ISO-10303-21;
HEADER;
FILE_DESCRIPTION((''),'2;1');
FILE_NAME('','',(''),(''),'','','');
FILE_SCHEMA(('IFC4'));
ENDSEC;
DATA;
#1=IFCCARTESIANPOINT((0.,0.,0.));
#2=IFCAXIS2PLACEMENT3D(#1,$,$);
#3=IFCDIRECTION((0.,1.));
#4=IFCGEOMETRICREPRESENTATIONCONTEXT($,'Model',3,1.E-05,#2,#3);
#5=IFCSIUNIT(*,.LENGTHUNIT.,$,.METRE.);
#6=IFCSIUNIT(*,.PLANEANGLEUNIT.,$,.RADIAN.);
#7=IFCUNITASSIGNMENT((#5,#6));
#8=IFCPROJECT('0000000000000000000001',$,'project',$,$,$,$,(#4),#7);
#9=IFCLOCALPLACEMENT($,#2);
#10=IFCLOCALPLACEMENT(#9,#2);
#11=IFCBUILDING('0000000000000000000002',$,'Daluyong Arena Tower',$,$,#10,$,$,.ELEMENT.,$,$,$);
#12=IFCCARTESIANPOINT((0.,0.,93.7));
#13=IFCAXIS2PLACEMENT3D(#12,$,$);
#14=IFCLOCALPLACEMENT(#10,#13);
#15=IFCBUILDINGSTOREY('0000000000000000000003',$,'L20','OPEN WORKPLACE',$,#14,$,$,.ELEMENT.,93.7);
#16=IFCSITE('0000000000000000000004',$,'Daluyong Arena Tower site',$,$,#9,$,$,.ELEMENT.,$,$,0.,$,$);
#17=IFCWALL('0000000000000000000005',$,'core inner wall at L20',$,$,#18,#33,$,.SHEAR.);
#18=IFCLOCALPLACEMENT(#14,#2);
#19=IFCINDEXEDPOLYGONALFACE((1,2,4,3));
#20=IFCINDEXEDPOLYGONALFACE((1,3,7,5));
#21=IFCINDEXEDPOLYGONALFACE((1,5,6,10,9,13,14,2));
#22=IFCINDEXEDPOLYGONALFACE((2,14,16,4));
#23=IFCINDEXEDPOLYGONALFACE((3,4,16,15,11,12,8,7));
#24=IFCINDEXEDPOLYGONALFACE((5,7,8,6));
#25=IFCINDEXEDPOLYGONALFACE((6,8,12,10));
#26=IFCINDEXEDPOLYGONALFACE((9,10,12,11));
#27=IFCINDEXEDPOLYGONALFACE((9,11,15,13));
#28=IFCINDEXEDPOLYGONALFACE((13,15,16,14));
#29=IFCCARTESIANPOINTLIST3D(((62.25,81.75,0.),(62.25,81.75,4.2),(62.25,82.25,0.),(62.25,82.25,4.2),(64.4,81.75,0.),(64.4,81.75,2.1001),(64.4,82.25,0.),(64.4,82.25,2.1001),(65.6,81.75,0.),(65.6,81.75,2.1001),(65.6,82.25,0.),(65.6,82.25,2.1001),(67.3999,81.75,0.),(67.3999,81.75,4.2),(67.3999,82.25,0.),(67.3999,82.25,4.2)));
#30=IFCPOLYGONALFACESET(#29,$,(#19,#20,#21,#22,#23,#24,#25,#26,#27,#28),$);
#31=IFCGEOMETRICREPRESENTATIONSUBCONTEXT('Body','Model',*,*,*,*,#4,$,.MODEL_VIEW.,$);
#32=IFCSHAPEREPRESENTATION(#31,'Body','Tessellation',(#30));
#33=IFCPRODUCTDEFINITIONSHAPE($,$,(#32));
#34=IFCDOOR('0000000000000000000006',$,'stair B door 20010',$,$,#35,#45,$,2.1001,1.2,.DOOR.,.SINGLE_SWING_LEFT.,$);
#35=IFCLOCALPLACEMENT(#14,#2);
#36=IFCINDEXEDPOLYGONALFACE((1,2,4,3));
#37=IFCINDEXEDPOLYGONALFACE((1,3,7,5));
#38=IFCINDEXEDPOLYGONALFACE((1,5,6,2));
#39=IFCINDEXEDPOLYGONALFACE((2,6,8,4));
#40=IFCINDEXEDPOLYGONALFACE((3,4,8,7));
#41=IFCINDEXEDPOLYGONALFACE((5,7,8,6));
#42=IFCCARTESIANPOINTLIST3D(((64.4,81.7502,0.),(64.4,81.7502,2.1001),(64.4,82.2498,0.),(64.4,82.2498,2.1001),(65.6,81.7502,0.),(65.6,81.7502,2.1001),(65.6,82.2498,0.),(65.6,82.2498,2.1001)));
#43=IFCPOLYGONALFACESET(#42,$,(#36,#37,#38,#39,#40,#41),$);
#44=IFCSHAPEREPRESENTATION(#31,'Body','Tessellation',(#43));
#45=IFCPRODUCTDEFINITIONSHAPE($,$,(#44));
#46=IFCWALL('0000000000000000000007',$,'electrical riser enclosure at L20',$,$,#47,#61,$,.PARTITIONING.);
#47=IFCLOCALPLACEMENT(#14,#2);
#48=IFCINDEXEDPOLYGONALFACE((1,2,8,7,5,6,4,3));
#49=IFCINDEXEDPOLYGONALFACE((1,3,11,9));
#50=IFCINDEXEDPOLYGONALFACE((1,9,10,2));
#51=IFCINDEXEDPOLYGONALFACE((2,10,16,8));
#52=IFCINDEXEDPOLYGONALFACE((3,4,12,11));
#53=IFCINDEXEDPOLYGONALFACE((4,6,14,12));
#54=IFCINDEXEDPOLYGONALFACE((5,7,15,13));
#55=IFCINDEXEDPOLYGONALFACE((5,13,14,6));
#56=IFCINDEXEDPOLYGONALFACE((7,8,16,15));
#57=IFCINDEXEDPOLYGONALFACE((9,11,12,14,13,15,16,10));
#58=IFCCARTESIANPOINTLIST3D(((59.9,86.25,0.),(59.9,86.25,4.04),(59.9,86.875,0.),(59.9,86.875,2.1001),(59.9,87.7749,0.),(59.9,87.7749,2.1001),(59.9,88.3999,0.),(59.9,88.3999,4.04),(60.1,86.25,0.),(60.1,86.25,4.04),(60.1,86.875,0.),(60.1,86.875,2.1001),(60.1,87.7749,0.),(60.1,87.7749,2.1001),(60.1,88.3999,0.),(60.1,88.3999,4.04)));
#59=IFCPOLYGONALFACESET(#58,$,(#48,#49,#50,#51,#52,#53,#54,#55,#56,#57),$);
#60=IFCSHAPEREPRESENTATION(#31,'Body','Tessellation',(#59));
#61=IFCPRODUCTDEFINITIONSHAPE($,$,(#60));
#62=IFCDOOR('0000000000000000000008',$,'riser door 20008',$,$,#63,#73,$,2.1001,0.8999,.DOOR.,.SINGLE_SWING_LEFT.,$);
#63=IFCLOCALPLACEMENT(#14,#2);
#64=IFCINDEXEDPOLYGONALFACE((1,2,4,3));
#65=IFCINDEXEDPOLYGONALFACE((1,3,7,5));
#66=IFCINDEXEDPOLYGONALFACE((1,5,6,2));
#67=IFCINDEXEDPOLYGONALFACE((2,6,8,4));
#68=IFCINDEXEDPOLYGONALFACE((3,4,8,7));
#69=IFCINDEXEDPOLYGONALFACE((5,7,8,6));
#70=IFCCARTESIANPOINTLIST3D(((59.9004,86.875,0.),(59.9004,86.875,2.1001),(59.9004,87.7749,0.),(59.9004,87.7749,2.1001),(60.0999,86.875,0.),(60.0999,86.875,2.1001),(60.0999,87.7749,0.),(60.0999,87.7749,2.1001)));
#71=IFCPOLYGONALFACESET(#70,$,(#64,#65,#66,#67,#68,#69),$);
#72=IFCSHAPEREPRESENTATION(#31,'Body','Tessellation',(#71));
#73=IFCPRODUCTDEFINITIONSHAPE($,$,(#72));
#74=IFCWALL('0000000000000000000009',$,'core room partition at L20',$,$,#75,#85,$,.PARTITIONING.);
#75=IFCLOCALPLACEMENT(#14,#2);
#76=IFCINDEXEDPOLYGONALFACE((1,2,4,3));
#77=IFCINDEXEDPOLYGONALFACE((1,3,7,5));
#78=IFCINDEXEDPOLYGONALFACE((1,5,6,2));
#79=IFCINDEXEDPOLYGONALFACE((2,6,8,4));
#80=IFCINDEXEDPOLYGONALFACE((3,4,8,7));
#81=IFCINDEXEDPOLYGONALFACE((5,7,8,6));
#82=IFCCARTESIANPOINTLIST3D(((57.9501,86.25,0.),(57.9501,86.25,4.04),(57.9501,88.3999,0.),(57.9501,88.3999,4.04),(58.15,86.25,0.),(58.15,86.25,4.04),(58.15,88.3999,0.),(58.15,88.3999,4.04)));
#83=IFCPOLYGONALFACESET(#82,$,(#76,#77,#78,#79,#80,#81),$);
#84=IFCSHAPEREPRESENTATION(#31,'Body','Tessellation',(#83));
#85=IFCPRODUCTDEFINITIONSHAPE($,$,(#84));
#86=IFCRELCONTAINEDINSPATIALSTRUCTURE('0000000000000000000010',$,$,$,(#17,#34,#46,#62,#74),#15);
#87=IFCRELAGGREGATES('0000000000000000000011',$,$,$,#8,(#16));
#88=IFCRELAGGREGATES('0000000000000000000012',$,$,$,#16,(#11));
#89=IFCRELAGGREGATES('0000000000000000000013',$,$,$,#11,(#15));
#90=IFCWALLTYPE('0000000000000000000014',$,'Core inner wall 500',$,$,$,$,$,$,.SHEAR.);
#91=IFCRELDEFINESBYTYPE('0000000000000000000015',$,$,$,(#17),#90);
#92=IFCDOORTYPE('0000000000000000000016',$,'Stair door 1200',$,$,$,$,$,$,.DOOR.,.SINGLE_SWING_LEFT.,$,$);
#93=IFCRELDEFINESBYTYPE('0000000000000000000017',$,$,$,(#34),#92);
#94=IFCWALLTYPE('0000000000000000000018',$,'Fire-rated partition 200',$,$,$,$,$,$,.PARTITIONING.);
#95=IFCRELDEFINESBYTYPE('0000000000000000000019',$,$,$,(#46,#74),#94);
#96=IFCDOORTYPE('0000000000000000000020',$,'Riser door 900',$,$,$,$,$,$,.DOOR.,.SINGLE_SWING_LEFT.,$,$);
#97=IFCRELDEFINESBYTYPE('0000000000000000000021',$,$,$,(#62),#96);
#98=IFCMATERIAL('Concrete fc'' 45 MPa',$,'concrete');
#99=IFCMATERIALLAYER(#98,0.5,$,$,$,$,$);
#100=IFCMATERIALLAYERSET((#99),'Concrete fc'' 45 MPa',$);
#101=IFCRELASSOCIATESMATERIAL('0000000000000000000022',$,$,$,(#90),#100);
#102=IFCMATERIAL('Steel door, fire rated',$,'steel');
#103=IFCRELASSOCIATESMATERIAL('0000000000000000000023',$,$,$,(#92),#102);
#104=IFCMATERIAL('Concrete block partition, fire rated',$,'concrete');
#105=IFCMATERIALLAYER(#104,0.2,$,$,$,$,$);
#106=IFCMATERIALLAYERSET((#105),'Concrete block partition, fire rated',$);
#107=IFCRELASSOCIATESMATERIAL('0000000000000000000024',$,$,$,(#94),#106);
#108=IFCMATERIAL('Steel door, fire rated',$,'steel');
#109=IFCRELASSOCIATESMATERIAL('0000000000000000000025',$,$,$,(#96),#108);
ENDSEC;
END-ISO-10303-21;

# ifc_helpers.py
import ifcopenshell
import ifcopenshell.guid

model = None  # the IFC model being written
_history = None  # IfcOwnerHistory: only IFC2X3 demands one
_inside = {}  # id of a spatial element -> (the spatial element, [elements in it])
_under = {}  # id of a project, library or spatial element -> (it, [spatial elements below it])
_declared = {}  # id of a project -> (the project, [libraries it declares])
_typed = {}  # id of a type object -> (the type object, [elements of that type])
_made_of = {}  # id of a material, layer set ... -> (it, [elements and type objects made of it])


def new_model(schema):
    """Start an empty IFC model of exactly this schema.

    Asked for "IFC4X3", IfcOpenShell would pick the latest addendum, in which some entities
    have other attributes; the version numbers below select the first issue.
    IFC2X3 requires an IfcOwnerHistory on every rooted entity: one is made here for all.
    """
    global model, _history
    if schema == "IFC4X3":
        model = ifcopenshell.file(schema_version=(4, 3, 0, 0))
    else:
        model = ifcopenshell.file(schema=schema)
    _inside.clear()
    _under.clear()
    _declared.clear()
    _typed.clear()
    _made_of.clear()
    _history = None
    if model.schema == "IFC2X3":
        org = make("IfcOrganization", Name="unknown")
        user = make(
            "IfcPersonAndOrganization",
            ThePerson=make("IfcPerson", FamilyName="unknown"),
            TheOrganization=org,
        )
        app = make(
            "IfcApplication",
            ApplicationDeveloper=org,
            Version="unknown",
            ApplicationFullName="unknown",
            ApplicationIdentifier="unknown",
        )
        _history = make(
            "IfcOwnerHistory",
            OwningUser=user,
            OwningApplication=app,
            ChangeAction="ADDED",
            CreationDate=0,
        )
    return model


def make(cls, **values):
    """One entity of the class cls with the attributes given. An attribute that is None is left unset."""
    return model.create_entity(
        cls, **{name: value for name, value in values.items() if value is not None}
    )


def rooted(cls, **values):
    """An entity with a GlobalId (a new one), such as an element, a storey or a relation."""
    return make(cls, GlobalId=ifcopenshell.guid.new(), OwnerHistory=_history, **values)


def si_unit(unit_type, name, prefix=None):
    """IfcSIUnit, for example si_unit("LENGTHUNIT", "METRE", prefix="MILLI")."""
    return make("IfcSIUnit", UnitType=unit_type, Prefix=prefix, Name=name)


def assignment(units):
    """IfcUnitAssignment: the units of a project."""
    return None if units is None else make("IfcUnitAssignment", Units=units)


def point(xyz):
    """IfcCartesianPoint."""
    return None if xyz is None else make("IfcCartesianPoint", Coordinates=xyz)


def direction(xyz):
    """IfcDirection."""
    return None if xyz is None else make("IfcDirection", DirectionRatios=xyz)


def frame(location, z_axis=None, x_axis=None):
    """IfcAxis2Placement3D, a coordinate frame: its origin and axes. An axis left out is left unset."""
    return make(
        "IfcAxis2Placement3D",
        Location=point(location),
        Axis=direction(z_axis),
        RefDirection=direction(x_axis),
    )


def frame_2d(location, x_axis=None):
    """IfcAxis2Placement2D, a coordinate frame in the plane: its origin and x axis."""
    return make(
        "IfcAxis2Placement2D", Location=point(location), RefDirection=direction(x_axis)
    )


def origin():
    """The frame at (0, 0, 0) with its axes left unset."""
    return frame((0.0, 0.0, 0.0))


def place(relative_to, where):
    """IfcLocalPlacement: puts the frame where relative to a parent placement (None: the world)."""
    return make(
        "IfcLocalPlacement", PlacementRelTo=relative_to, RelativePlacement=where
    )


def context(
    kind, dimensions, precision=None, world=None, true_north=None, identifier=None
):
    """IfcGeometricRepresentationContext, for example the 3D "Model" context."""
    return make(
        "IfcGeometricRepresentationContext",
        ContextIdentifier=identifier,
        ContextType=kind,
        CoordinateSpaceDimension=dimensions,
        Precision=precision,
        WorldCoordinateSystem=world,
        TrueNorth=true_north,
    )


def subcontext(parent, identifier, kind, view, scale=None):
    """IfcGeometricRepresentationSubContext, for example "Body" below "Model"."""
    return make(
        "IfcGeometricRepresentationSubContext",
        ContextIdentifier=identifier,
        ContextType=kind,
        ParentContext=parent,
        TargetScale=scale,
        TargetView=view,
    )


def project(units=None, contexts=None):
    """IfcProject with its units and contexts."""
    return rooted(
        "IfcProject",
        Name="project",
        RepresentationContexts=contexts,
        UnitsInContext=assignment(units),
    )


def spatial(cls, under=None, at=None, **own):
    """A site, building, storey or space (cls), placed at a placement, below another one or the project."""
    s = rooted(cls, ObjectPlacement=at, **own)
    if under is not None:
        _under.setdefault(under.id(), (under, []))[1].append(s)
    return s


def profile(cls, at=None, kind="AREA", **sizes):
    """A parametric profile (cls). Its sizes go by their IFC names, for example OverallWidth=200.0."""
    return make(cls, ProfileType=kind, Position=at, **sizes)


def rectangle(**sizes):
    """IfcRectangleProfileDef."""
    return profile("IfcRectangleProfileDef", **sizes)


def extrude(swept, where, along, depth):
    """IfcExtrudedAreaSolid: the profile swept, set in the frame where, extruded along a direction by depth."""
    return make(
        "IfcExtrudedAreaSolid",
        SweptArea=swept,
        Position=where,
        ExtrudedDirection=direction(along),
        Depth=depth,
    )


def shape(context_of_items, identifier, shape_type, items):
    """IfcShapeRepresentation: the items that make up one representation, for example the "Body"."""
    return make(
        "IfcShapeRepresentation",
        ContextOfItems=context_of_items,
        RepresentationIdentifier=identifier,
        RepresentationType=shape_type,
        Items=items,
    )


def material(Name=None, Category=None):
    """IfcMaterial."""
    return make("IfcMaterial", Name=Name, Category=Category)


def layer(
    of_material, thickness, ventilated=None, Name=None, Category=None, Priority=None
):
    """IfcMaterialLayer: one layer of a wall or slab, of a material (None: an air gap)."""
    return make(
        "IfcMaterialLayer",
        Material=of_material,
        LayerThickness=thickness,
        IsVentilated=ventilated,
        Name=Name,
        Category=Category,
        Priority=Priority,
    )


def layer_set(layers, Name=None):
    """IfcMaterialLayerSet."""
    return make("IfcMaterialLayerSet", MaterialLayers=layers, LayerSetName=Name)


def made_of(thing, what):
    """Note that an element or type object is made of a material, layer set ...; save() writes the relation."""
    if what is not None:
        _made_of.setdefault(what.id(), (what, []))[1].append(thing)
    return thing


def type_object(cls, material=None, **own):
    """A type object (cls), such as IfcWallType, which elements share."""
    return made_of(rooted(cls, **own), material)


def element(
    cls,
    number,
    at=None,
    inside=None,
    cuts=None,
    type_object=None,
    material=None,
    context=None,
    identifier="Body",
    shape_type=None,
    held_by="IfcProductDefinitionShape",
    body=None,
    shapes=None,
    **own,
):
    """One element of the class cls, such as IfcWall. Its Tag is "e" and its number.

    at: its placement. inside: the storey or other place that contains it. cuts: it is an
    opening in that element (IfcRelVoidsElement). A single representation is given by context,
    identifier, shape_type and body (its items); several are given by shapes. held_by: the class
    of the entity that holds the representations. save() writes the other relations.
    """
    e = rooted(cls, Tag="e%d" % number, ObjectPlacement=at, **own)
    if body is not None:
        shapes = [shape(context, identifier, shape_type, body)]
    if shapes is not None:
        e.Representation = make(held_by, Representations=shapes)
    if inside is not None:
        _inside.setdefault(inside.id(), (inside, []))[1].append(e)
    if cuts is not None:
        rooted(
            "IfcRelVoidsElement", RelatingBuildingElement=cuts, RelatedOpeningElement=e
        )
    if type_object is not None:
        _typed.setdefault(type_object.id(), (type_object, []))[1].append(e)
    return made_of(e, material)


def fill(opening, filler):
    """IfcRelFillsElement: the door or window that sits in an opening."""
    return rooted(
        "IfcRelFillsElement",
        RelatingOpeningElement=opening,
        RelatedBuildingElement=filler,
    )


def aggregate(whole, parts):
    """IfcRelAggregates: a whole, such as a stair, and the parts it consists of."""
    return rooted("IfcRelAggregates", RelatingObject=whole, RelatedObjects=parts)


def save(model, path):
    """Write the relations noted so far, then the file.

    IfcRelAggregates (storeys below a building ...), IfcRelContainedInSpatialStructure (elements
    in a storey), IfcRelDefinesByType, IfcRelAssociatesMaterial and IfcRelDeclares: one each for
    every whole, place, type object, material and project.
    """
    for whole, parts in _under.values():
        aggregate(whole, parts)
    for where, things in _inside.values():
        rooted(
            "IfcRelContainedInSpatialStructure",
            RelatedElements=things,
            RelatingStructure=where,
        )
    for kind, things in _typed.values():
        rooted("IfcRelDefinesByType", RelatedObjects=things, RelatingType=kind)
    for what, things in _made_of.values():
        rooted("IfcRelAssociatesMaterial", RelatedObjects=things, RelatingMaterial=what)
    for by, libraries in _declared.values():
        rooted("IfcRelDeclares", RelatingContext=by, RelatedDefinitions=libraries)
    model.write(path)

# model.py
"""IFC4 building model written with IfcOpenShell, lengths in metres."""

from ifc_helpers import new_model, si_unit, direction, frame, frame_2d, origin, place, context, subcontext, project, spatial, rectangle, extrude, material, layer, layer_set, type_object, element, fill, save


model = new_model("IFC4")

# Units and contexts
model_context = context("Model", 3, precision=1e-05, world=origin(), true_north=direction((0.0, 1.0)))
body_context = subcontext(model_context, "Body", "Model", "MODEL_VIEW")
ifc_project = project(units=[si_unit("LENGTHUNIT", "METRE"), si_unit("PLANEANGLEUNIT", "RADIAN")], contexts=[model_context])

# Site, building, storey
site_placement = place(None, origin())
site = spatial("IfcSite", under=ifc_project, at=site_placement, Name="Daluyong Arena Tower site", CompositionType="ELEMENT", RefElevation=0.0)
building_placement = place(site_placement, origin())
building = spatial("IfcBuilding", under=site, at=building_placement, Name="Daluyong Arena Tower", CompositionType="ELEMENT")
storey_placement = place(building_placement, frame((0.0, 0.0, 93.7)))
storey = spatial("IfcBuildingStorey", under=building, at=storey_placement, Name="L20", Description="OPEN WORKPLACE", CompositionType="ELEMENT", Elevation=93.7)

# Walls, openings, doors
ifc_material_1 = material(Name="Concrete fc' 45 MPa", Category="concrete")
ifc_layer_1 = layer(ifc_material_1, 0.5)
ifc_layer_set_1 = layer_set([ifc_layer_1], Name="Concrete fc' 45 MPa")
wall_type_1 = type_object("IfcWallType", Name="Core inner wall 500", PredefinedType="SHEAR", material=ifc_layer_set_1)
wall_1_placement = place(storey_placement, frame((62.25, 82.0, 0.0), z_axis=(0.0, 0.0, 1.0), x_axis=(1.0, 0.0, 0.0)))
wall_1 = element("IfcWall", 1, at=wall_1_placement, inside=storey, type_object=wall_type_1, Name="core inner wall at L20", PredefinedType="SHEAR", context=body_context, shape_type="SweptSolid", body=[
    extrude(rectangle(XDim=5.1499, YDim=0.5, at=frame_2d((2.575, 0.0))), origin(), (0.0, 0.0, 1.0), 4.2),
])
opening_1_placement = place(wall_1_placement, frame((2.1499, 0.0, 0.0)))
opening_1 = element("IfcOpeningElement", 2, at=opening_1_placement, cuts=wall_1, PredefinedType="OPENING", context=body_context, shape_type="SweptSolid", body=[
    extrude(rectangle(XDim=1.2, YDim=2.1001, at=frame_2d((0.6001, 1.05))), frame((0.0, 0.26, 0.0), z_axis=(0.0, -1.0, 0.0), x_axis=(1.0, 0.0, 0.0)), (0.0, 0.0, 1.0), 0.52),
])
ifc_material_2 = material(Name="Steel door, fire rated", Category="steel")
door_type_1 = type_object("IfcDoorType", Name="Stair door 1200", OperationType="SINGLE_SWING_LEFT", PredefinedType="DOOR", material=ifc_material_2)
door_1_placement = place(opening_1_placement, origin())
door_1 = element("IfcDoor", 3, at=door_1_placement, inside=storey, type_object=door_type_1, Name="stair B door 20010", OperationType="SINGLE_SWING_LEFT", OverallHeight=2.1001, OverallWidth=1.2, PredefinedType="DOOR", context=body_context, shape_type="SweptSolid", body=[
    extrude(rectangle(XDim=1.2, YDim=2.1001, at=frame_2d((0.6001, 1.05))), frame((0.0, 0.2498, 0.0), z_axis=(0.0, -1.0, 0.0), x_axis=(1.0, 0.0, 0.0)), (0.0, 0.0, 1.0), 0.4995),
])
fill(opening_1, door_1)
ifc_material_3 = material(Name="Concrete block partition, fire rated", Category="concrete")
ifc_layer_2 = layer(ifc_material_3, 0.2)
ifc_layer_set_2 = layer_set([ifc_layer_2], Name="Concrete block partition, fire rated")
wall_type_2 = type_object("IfcWallType", Name="Fire-rated partition 200", PredefinedType="PARTITIONING", material=ifc_layer_set_2)
wall_2_placement = place(storey_placement, frame((60.0, 86.25, 0.0), z_axis=(0.0, 0.0, 1.0), x_axis=(0.0, 1.0, 0.0)))
wall_2 = element("IfcWall", 4, at=wall_2_placement, inside=storey, type_object=wall_type_2, Name="electrical riser enclosure at L20", PredefinedType="PARTITIONING", context=body_context, shape_type="SweptSolid", body=[
    extrude(rectangle(XDim=2.1499, YDim=0.2, at=frame_2d((1.075, 0.0))), origin(), (0.0, 0.0, 1.0), 4.04),
])
opening_2_placement = place(wall_2_placement, frame((0.625, 0.0, 0.0)))
opening_2 = element("IfcOpeningElement", 5, at=opening_2_placement, cuts=wall_2, PredefinedType="OPENING", context=body_context, shape_type="SweptSolid", body=[
    extrude(rectangle(XDim=0.8999, YDim=2.1001, at=frame_2d((0.45, 1.05))), frame((0.0, 0.1099, 0.0), z_axis=(0.0, -1.0, 0.0), x_axis=(1.0, 0.0, 0.0)), (0.0, 0.0, 1.0), 0.22),
])
ifc_material_4 = material(Name="Steel door, fire rated", Category="steel")
door_type_2 = type_object("IfcDoorType", Name="Riser door 900", OperationType="SINGLE_SWING_LEFT", PredefinedType="DOOR", material=ifc_material_4)
door_2_placement = place(opening_2_placement, origin())
door_2 = element("IfcDoor", 6, at=door_2_placement, inside=storey, type_object=door_type_2, Name="riser door 20008", OperationType="SINGLE_SWING_LEFT", OverallHeight=2.1001, OverallWidth=0.8999, PredefinedType="DOOR", context=body_context, shape_type="SweptSolid", body=[
    extrude(rectangle(XDim=0.8999, YDim=2.1001, at=frame_2d((0.45, 1.05))), frame((0.0, 0.0996, 0.0), z_axis=(0.0, -1.0, 0.0), x_axis=(1.0, 0.0, 0.0)), (0.0, 0.0, 1.0), 0.1995),
])
fill(opening_2, door_2)

# Wall
wall_3_placement = place(storey_placement, frame((58.05, 86.25, 0.0), z_axis=(0.0, 0.0, 1.0), x_axis=(0.0, 1.0, 0.0)))
element("IfcWall", 7, at=wall_3_placement, inside=storey, type_object=wall_type_2, Name="core room partition at L20", PredefinedType="PARTITIONING", context=body_context, shape_type="SweptSolid", body=[
    extrude(rectangle(XDim=2.1499, YDim=0.2, at=frame_2d((1.075, 0.0))), origin(), (0.0, 0.0, 1.0), 4.04),
])

save(model, "model.ifc")
